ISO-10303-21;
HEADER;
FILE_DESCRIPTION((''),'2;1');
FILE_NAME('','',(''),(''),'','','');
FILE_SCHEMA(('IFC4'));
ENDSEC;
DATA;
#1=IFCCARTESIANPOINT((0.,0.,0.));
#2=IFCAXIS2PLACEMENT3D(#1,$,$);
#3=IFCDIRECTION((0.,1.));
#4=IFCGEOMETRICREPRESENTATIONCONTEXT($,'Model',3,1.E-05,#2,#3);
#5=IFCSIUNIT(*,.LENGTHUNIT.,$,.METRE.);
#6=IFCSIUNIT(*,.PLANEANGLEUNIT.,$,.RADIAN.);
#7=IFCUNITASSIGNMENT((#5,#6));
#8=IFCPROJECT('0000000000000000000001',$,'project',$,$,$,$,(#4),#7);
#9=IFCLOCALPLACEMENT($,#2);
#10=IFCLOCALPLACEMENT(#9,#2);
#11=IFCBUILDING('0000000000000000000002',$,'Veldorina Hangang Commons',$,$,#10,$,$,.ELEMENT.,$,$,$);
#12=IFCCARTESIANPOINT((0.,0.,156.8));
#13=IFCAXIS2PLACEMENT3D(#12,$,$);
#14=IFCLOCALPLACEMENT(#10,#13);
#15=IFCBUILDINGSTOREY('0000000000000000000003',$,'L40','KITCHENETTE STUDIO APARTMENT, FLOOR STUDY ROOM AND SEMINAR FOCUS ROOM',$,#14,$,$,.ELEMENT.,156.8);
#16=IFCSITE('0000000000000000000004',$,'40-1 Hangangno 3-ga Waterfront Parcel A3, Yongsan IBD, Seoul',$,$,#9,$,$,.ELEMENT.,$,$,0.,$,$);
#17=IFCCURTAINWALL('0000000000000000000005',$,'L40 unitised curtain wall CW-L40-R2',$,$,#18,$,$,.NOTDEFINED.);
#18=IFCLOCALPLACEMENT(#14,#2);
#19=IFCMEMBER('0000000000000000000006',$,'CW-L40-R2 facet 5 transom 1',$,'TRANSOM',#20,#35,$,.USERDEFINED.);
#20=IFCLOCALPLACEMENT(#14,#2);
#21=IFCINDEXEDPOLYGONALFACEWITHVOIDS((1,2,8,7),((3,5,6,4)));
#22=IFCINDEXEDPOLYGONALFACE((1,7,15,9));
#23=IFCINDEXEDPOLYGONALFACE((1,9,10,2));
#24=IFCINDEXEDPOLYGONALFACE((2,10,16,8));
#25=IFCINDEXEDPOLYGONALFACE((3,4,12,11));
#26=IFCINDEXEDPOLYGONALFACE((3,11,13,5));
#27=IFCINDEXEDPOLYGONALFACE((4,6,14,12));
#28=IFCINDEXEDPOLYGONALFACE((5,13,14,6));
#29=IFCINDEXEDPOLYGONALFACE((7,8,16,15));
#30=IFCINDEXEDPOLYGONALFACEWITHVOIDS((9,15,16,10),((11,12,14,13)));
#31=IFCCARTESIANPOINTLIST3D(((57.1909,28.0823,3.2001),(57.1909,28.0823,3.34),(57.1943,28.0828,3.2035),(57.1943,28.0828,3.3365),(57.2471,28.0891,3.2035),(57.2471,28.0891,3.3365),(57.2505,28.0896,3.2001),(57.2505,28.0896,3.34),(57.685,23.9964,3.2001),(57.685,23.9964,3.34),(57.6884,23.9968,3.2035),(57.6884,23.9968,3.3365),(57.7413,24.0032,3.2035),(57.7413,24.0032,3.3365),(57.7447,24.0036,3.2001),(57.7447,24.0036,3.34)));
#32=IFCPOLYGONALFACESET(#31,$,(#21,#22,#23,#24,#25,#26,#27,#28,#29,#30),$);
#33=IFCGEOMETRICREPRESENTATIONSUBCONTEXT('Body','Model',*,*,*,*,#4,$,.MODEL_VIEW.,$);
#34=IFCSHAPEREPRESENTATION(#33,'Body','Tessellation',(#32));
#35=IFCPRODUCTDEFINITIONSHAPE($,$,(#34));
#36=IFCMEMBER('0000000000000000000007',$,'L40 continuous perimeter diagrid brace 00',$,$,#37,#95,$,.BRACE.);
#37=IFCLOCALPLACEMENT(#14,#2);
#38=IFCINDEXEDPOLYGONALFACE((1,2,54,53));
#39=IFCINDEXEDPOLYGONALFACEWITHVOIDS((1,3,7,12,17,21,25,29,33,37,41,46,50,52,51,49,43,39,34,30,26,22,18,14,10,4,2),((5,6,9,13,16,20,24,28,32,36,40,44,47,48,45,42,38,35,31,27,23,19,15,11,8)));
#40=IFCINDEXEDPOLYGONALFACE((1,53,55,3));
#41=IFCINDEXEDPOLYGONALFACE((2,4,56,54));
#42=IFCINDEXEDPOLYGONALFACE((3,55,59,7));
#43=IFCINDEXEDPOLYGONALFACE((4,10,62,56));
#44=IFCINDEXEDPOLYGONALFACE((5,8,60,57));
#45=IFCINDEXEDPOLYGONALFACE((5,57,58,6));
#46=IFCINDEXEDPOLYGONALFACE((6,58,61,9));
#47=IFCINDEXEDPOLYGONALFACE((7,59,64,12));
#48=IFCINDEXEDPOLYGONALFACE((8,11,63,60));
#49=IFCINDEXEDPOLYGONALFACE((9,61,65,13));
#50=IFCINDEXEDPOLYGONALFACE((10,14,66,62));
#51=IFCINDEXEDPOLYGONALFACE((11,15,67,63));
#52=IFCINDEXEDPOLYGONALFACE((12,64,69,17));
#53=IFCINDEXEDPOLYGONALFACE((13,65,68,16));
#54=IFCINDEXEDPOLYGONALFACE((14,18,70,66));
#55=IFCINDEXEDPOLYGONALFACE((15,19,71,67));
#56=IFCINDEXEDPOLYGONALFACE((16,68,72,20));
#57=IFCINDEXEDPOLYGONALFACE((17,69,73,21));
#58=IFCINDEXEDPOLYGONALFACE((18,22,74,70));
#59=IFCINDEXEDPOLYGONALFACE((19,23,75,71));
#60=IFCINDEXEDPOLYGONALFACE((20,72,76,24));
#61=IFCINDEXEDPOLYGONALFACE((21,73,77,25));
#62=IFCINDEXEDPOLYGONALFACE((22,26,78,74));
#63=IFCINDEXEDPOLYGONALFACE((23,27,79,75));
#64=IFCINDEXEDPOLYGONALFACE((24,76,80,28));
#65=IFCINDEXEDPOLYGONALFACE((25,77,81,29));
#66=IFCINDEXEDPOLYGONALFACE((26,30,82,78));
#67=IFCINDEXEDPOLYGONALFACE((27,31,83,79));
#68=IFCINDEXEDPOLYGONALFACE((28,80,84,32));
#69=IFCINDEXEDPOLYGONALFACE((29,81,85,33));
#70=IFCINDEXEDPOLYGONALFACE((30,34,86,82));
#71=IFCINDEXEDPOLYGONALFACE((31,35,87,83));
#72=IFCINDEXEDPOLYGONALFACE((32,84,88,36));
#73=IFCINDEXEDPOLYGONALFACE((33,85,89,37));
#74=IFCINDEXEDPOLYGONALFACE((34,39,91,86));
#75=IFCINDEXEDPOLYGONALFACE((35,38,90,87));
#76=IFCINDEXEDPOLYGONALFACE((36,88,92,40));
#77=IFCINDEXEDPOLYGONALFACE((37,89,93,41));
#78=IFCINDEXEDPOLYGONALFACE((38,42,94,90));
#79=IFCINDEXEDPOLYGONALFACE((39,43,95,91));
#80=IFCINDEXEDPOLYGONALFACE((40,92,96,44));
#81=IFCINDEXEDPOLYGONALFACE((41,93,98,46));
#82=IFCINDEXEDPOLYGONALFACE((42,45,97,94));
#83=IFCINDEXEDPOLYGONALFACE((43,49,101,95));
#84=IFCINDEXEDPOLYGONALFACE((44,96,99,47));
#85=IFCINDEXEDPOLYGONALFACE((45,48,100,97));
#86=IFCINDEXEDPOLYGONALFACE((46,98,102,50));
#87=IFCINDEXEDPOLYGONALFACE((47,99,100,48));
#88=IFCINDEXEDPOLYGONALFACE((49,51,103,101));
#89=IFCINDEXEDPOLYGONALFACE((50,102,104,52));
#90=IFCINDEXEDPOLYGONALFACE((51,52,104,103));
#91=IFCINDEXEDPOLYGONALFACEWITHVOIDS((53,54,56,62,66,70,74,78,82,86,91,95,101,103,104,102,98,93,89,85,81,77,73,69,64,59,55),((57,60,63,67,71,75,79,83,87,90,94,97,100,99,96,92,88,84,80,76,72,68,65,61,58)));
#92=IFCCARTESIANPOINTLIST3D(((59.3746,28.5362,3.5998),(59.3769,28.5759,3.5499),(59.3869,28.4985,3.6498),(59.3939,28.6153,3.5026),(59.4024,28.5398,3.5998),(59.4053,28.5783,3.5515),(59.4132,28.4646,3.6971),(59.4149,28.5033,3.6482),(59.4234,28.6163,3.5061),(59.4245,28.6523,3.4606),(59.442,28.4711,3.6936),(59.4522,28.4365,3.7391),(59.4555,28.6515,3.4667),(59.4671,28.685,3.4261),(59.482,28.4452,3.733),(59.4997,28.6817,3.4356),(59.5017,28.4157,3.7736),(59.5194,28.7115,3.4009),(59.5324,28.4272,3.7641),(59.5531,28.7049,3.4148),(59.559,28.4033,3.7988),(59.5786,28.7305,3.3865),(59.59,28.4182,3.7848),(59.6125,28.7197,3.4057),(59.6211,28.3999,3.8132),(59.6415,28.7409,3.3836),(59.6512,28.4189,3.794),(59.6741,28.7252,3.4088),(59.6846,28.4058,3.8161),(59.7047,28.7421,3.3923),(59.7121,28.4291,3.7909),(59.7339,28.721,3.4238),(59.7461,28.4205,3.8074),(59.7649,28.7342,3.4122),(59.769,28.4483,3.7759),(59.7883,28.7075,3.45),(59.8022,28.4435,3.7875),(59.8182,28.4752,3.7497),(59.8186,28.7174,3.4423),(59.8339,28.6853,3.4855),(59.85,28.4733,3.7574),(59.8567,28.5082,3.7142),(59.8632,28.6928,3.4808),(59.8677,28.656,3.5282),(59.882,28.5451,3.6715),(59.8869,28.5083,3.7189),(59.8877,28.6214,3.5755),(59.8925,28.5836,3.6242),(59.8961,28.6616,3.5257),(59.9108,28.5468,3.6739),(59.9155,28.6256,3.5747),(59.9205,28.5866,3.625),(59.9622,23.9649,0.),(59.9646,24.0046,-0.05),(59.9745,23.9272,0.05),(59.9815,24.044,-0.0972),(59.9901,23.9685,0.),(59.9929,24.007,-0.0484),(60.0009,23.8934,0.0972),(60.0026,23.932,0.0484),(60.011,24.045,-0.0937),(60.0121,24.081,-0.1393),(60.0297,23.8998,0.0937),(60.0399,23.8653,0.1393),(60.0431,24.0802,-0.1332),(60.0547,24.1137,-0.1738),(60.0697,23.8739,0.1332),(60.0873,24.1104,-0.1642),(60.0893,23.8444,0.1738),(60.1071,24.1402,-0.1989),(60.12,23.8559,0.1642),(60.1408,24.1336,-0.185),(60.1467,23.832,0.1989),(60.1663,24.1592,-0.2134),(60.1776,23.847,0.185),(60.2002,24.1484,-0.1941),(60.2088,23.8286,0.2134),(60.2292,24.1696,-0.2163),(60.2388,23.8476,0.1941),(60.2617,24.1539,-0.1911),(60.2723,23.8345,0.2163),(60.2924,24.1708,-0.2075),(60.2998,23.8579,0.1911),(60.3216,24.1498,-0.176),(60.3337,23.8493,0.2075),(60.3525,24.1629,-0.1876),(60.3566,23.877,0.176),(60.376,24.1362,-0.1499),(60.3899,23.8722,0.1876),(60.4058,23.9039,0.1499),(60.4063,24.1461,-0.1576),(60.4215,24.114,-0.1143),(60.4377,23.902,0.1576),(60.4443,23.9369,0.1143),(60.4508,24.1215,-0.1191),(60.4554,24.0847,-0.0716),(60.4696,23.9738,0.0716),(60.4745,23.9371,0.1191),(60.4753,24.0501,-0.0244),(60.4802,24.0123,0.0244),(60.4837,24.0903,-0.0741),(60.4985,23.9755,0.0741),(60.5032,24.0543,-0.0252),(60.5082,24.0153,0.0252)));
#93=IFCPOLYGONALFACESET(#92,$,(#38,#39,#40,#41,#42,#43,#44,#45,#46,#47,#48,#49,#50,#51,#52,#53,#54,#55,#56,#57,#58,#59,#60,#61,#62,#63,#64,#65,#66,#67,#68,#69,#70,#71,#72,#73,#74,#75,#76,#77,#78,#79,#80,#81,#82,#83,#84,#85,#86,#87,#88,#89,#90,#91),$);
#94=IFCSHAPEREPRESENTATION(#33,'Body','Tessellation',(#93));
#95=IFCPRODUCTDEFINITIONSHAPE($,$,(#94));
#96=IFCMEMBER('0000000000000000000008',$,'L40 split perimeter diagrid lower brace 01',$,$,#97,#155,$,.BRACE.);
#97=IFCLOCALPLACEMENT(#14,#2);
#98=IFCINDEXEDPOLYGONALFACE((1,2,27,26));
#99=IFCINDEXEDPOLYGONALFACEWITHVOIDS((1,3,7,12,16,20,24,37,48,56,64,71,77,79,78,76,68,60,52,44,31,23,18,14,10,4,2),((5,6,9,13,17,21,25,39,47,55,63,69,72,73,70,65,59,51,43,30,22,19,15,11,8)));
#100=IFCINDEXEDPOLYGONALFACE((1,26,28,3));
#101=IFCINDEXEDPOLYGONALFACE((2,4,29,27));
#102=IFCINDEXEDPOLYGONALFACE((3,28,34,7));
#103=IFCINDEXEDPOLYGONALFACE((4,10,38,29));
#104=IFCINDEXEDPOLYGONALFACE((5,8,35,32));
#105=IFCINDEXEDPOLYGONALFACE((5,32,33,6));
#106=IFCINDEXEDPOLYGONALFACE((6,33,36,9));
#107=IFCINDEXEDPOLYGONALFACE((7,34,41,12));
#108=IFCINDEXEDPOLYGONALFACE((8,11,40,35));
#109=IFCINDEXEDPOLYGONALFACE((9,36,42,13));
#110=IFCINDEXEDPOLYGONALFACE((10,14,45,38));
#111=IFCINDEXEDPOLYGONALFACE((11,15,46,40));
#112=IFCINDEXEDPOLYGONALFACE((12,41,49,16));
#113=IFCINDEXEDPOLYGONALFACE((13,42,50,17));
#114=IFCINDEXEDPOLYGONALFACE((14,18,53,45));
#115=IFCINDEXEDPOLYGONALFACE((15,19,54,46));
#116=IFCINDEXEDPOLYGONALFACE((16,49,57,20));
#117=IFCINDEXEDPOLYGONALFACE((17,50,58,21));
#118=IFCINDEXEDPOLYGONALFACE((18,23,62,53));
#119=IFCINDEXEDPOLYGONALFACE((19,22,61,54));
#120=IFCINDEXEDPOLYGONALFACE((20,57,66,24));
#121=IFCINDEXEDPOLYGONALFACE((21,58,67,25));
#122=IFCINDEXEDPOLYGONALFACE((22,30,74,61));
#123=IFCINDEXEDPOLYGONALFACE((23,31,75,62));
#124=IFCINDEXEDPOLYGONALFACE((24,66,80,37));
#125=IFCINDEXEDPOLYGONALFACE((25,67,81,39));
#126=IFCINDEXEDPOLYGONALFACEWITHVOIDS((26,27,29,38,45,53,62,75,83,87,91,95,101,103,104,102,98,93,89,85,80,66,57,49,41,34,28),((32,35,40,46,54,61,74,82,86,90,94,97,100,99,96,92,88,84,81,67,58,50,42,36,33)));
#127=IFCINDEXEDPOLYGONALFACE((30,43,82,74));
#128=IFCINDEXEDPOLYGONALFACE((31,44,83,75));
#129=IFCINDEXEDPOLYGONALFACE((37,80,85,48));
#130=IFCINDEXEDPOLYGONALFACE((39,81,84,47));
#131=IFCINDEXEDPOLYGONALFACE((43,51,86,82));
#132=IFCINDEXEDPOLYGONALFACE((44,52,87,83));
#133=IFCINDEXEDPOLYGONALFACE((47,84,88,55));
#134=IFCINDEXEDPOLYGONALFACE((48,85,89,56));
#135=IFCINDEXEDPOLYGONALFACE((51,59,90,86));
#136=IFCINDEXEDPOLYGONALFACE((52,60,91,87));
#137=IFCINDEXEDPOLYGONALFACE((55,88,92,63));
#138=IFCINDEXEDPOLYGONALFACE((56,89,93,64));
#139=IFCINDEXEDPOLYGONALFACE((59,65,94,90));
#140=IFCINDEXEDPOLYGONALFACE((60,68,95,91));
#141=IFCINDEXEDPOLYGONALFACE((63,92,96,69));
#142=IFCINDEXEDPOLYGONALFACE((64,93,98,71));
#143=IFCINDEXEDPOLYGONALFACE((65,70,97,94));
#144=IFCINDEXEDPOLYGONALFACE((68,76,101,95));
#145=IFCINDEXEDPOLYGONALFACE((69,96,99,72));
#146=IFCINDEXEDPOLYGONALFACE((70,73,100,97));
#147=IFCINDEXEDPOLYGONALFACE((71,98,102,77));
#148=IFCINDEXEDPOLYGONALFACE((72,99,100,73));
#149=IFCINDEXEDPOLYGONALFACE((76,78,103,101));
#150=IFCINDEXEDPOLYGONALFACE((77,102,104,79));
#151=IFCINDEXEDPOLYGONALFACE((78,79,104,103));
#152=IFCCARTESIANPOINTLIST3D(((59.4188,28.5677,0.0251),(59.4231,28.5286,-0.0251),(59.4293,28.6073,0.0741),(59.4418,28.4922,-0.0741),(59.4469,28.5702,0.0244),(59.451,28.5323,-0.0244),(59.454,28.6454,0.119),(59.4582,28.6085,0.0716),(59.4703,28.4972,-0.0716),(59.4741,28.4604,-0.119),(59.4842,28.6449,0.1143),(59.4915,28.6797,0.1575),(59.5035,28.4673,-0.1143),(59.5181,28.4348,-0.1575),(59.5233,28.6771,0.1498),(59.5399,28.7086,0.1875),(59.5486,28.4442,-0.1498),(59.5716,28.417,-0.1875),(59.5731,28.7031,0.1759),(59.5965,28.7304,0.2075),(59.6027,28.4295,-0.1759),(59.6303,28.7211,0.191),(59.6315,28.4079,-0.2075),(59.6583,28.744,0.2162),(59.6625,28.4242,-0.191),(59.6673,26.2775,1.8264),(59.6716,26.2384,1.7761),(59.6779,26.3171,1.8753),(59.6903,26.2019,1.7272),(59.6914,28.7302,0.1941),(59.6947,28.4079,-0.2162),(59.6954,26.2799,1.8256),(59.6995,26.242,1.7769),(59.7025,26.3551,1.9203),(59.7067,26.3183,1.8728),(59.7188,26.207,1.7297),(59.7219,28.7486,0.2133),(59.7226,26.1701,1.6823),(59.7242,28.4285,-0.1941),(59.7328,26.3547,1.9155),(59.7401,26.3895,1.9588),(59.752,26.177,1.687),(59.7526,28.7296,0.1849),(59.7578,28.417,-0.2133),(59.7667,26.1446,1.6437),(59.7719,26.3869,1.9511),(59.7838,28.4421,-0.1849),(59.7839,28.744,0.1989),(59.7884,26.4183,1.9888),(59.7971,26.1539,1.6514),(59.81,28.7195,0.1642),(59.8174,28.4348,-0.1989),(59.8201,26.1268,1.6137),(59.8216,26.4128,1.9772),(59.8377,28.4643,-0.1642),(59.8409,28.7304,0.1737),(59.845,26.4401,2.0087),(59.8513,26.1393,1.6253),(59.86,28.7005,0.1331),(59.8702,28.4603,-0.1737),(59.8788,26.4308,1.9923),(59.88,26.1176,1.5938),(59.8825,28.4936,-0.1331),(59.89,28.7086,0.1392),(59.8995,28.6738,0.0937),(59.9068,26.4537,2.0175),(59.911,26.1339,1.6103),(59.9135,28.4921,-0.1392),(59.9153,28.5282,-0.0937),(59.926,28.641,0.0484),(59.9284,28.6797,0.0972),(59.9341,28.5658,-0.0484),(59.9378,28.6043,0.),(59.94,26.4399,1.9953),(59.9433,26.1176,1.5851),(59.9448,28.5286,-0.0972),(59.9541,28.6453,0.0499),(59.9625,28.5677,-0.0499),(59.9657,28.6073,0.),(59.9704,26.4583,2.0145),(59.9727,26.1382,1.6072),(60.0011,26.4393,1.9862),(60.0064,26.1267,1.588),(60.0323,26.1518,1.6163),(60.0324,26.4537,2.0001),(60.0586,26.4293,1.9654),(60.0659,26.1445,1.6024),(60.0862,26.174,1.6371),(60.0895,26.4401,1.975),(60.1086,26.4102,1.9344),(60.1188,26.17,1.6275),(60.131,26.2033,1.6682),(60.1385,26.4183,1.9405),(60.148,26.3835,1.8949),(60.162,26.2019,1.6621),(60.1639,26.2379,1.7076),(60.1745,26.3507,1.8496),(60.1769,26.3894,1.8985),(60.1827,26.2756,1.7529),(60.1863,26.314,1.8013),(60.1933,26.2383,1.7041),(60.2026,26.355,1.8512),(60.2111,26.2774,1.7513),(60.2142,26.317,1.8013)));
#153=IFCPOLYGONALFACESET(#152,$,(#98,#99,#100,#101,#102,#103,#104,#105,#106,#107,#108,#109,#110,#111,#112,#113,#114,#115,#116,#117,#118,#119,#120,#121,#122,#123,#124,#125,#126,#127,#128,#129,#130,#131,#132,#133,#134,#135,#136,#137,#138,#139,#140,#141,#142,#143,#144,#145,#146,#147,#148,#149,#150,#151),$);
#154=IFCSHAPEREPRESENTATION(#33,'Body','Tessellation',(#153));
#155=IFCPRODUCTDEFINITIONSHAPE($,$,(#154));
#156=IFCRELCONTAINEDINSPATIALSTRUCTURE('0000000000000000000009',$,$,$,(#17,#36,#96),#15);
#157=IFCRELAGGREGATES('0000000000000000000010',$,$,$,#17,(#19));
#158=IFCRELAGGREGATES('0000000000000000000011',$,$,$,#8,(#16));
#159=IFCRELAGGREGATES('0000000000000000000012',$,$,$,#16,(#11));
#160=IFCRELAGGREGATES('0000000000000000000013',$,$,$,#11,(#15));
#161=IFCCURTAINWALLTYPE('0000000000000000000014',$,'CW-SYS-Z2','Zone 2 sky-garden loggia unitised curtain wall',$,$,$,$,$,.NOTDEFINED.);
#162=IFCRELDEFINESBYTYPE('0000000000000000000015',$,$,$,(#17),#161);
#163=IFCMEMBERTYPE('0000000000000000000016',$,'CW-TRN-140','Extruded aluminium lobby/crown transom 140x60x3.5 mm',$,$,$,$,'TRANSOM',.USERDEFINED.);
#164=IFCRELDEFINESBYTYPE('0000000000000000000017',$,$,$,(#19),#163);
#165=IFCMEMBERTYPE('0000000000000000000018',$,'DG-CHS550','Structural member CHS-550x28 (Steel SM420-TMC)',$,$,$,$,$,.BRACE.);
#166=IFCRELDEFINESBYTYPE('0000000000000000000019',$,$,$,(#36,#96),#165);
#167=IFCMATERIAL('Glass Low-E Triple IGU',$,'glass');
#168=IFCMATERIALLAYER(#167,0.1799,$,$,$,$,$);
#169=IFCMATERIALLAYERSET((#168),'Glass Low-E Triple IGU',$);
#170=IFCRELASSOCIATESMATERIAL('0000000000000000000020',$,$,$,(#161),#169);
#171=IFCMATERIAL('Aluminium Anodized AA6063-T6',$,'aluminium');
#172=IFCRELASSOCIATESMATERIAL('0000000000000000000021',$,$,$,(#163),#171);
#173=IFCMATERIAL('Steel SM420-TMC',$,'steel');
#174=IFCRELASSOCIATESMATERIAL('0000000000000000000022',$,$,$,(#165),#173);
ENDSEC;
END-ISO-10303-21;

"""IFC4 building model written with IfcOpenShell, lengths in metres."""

from ifc_helpers import new_model, si_unit, direction, frame, origin, origin_2d, place, context, subcontext, project, spatial, hollow_rectangle, hollow_circle, extrude, material, layer, layer_set, material_profile, profile_set, type_object, element, aggregate, save


model = new_model("IFC4")

# Units and contexts
model_context = context("Model", 3, precision=1e-05, world=origin(), true_north=direction((0.0, 1.0)))
body_context = subcontext(model_context, "Body", "Model", "MODEL_VIEW")
ifc_project = project(units=[si_unit("LENGTHUNIT", "METRE"), si_unit("PLANEANGLEUNIT", "RADIAN")], contexts=[model_context])

# Site, building, storey
site_placement = place(None, origin())
site = spatial("IfcSite", under=ifc_project, at=site_placement, Name="40-1 Hangangno 3-ga Waterfront Parcel A3, Yongsan IBD, Seoul", CompositionType="ELEMENT", RefElevation=0.0)
building_placement = place(site_placement, origin())
building = spatial("IfcBuilding", under=site, at=building_placement, Name="Veldorina Hangang Commons", CompositionType="ELEMENT")
storey_placement = place(building_placement, frame((0.0, 0.0, 156.8)))
storey = spatial("IfcBuildingStorey", under=building, at=storey_placement, Name="L40", Description="KITCHENETTE STUDIO APARTMENT, FLOOR STUDY ROOM AND SEMINAR FOCUS ROOM", CompositionType="ELEMENT", Elevation=156.8)

# Shared definitions
ifc_material_1 = material(Name="Steel SM420-TMC", Category="steel")

# Curtain wall, member
ifc_material_2 = material(Name="Glass Low-E Triple IGU", Category="glass")
ifc_layer_1 = layer(ifc_material_2, 0.1799)
ifc_layer_set_1 = layer_set([ifc_layer_1], Name="Glass Low-E Triple IGU")
curtain_wall_type = type_object("IfcCurtainWallType", Name="CW-SYS-Z2", Description="Zone 2 sky-garden loggia unitised curtain wall", PredefinedType="NOTDEFINED", material=ifc_layer_set_1)
curtain_wall_placement = place(storey_placement, origin())
curtain_wall = element("IfcCurtainWall", 1, at=curtain_wall_placement, inside=storey, type_object=curtain_wall_type, Name="L40 unitised curtain wall CW-L40-R2", PredefinedType="NOTDEFINED")
ifc_material_3 = material(Name="Aluminium Anodized AA6063-T6", Category="aluminium")
ifc_material_profile_1 = material_profile(ifc_material_3, hollow_rectangle(XDim=0.0601, YDim=0.1399, WallThickness=0.0034, at=origin_2d()), Name="ALU-RHS-140x60x3.5")
ifc_profile_set_1 = profile_set([ifc_material_profile_1], Name="Aluminium Anodized AA6063-T6")
member_type_1 = type_object("IfcMemberType", Name="CW-TRN-140", Description="Extruded aluminium lobby/crown transom 140x60x3.5 mm", ElementType="TRANSOM", PredefinedType="USERDEFINED", material=ifc_profile_set_1)
member_1_placement = place(storey_placement, frame((57.7148, 24.0, 3.27), z_axis=(-0.120062, 0.992766, 0.0), x_axis=(-0.992766, -0.120062, 0.0)))
member_1 = element("IfcMember", 2, at=member_1_placement, type_object=member_type_1, Name="CW-L40-R2 facet 5 transom 1", ObjectType="TRANSOM", PredefinedType="USERDEFINED", context=body_context, shape_type="SweptSolid", body=[
    extrude(hollow_rectangle(XDim=0.0601, YDim=0.1399, WallThickness=0.0034, at=origin_2d()), origin(), (0.0, 0.0, 1.0), 4.1157),
])

# Members
ifc_material_profile_2 = material_profile(ifc_material_1, hollow_circle(Radius=0.2749, WallThickness=0.0281, at=origin_2d()), Name="CHS-550x28")
ifc_profile_set_2 = profile_set([ifc_material_profile_2], Name="Steel SM420-TMC")
member_type_2 = type_object("IfcMemberType", Name="DG-CHS550", Description="Structural member CHS-550x28 (Steel SM420-TMC)", PredefinedType="BRACE", material=ifc_profile_set_2)
member_2_placement = place(storey_placement, frame((60.2349, 24.0, 0.0), z_axis=(-0.100484, 0.781663, 0.615553), x_axis=(-0.991838, -0.127502, 0.0)))
element("IfcMember", 3, at=member_2_placement, inside=storey, type_object=member_type_2, Name="L40 continuous perimeter diagrid brace 00", PredefinedType="BRACE", context=body_context, shape_type="SweptSolid", body=[
    extrude(hollow_circle(Radius=0.2749, WallThickness=0.0281, at=origin_2d()), origin(), (0.0, 0.0, 1.0), 5.8481),
])
member_3_placement = place(storey_placement, frame((59.6924, 28.5776, 0.0), z_axis=(0.084989, -0.783181, 0.615959), x_axis=(0.994164, 0.107884, 0.0)))
element("IfcMember", 4, at=member_3_placement, inside=storey, type_object=member_type_2, Name="L40 split perimeter diagrid lower brace 01", PredefinedType="BRACE", context=body_context, shape_type="SweptSolid", body=[
    extrude(hollow_circle(Radius=0.2749, WallThickness=0.0281, at=origin_2d()), origin(), (0.0, 0.0, 1.0), 2.9243),
])

aggregate(curtain_wall, [member_1])

save(model, "model.ifc")
